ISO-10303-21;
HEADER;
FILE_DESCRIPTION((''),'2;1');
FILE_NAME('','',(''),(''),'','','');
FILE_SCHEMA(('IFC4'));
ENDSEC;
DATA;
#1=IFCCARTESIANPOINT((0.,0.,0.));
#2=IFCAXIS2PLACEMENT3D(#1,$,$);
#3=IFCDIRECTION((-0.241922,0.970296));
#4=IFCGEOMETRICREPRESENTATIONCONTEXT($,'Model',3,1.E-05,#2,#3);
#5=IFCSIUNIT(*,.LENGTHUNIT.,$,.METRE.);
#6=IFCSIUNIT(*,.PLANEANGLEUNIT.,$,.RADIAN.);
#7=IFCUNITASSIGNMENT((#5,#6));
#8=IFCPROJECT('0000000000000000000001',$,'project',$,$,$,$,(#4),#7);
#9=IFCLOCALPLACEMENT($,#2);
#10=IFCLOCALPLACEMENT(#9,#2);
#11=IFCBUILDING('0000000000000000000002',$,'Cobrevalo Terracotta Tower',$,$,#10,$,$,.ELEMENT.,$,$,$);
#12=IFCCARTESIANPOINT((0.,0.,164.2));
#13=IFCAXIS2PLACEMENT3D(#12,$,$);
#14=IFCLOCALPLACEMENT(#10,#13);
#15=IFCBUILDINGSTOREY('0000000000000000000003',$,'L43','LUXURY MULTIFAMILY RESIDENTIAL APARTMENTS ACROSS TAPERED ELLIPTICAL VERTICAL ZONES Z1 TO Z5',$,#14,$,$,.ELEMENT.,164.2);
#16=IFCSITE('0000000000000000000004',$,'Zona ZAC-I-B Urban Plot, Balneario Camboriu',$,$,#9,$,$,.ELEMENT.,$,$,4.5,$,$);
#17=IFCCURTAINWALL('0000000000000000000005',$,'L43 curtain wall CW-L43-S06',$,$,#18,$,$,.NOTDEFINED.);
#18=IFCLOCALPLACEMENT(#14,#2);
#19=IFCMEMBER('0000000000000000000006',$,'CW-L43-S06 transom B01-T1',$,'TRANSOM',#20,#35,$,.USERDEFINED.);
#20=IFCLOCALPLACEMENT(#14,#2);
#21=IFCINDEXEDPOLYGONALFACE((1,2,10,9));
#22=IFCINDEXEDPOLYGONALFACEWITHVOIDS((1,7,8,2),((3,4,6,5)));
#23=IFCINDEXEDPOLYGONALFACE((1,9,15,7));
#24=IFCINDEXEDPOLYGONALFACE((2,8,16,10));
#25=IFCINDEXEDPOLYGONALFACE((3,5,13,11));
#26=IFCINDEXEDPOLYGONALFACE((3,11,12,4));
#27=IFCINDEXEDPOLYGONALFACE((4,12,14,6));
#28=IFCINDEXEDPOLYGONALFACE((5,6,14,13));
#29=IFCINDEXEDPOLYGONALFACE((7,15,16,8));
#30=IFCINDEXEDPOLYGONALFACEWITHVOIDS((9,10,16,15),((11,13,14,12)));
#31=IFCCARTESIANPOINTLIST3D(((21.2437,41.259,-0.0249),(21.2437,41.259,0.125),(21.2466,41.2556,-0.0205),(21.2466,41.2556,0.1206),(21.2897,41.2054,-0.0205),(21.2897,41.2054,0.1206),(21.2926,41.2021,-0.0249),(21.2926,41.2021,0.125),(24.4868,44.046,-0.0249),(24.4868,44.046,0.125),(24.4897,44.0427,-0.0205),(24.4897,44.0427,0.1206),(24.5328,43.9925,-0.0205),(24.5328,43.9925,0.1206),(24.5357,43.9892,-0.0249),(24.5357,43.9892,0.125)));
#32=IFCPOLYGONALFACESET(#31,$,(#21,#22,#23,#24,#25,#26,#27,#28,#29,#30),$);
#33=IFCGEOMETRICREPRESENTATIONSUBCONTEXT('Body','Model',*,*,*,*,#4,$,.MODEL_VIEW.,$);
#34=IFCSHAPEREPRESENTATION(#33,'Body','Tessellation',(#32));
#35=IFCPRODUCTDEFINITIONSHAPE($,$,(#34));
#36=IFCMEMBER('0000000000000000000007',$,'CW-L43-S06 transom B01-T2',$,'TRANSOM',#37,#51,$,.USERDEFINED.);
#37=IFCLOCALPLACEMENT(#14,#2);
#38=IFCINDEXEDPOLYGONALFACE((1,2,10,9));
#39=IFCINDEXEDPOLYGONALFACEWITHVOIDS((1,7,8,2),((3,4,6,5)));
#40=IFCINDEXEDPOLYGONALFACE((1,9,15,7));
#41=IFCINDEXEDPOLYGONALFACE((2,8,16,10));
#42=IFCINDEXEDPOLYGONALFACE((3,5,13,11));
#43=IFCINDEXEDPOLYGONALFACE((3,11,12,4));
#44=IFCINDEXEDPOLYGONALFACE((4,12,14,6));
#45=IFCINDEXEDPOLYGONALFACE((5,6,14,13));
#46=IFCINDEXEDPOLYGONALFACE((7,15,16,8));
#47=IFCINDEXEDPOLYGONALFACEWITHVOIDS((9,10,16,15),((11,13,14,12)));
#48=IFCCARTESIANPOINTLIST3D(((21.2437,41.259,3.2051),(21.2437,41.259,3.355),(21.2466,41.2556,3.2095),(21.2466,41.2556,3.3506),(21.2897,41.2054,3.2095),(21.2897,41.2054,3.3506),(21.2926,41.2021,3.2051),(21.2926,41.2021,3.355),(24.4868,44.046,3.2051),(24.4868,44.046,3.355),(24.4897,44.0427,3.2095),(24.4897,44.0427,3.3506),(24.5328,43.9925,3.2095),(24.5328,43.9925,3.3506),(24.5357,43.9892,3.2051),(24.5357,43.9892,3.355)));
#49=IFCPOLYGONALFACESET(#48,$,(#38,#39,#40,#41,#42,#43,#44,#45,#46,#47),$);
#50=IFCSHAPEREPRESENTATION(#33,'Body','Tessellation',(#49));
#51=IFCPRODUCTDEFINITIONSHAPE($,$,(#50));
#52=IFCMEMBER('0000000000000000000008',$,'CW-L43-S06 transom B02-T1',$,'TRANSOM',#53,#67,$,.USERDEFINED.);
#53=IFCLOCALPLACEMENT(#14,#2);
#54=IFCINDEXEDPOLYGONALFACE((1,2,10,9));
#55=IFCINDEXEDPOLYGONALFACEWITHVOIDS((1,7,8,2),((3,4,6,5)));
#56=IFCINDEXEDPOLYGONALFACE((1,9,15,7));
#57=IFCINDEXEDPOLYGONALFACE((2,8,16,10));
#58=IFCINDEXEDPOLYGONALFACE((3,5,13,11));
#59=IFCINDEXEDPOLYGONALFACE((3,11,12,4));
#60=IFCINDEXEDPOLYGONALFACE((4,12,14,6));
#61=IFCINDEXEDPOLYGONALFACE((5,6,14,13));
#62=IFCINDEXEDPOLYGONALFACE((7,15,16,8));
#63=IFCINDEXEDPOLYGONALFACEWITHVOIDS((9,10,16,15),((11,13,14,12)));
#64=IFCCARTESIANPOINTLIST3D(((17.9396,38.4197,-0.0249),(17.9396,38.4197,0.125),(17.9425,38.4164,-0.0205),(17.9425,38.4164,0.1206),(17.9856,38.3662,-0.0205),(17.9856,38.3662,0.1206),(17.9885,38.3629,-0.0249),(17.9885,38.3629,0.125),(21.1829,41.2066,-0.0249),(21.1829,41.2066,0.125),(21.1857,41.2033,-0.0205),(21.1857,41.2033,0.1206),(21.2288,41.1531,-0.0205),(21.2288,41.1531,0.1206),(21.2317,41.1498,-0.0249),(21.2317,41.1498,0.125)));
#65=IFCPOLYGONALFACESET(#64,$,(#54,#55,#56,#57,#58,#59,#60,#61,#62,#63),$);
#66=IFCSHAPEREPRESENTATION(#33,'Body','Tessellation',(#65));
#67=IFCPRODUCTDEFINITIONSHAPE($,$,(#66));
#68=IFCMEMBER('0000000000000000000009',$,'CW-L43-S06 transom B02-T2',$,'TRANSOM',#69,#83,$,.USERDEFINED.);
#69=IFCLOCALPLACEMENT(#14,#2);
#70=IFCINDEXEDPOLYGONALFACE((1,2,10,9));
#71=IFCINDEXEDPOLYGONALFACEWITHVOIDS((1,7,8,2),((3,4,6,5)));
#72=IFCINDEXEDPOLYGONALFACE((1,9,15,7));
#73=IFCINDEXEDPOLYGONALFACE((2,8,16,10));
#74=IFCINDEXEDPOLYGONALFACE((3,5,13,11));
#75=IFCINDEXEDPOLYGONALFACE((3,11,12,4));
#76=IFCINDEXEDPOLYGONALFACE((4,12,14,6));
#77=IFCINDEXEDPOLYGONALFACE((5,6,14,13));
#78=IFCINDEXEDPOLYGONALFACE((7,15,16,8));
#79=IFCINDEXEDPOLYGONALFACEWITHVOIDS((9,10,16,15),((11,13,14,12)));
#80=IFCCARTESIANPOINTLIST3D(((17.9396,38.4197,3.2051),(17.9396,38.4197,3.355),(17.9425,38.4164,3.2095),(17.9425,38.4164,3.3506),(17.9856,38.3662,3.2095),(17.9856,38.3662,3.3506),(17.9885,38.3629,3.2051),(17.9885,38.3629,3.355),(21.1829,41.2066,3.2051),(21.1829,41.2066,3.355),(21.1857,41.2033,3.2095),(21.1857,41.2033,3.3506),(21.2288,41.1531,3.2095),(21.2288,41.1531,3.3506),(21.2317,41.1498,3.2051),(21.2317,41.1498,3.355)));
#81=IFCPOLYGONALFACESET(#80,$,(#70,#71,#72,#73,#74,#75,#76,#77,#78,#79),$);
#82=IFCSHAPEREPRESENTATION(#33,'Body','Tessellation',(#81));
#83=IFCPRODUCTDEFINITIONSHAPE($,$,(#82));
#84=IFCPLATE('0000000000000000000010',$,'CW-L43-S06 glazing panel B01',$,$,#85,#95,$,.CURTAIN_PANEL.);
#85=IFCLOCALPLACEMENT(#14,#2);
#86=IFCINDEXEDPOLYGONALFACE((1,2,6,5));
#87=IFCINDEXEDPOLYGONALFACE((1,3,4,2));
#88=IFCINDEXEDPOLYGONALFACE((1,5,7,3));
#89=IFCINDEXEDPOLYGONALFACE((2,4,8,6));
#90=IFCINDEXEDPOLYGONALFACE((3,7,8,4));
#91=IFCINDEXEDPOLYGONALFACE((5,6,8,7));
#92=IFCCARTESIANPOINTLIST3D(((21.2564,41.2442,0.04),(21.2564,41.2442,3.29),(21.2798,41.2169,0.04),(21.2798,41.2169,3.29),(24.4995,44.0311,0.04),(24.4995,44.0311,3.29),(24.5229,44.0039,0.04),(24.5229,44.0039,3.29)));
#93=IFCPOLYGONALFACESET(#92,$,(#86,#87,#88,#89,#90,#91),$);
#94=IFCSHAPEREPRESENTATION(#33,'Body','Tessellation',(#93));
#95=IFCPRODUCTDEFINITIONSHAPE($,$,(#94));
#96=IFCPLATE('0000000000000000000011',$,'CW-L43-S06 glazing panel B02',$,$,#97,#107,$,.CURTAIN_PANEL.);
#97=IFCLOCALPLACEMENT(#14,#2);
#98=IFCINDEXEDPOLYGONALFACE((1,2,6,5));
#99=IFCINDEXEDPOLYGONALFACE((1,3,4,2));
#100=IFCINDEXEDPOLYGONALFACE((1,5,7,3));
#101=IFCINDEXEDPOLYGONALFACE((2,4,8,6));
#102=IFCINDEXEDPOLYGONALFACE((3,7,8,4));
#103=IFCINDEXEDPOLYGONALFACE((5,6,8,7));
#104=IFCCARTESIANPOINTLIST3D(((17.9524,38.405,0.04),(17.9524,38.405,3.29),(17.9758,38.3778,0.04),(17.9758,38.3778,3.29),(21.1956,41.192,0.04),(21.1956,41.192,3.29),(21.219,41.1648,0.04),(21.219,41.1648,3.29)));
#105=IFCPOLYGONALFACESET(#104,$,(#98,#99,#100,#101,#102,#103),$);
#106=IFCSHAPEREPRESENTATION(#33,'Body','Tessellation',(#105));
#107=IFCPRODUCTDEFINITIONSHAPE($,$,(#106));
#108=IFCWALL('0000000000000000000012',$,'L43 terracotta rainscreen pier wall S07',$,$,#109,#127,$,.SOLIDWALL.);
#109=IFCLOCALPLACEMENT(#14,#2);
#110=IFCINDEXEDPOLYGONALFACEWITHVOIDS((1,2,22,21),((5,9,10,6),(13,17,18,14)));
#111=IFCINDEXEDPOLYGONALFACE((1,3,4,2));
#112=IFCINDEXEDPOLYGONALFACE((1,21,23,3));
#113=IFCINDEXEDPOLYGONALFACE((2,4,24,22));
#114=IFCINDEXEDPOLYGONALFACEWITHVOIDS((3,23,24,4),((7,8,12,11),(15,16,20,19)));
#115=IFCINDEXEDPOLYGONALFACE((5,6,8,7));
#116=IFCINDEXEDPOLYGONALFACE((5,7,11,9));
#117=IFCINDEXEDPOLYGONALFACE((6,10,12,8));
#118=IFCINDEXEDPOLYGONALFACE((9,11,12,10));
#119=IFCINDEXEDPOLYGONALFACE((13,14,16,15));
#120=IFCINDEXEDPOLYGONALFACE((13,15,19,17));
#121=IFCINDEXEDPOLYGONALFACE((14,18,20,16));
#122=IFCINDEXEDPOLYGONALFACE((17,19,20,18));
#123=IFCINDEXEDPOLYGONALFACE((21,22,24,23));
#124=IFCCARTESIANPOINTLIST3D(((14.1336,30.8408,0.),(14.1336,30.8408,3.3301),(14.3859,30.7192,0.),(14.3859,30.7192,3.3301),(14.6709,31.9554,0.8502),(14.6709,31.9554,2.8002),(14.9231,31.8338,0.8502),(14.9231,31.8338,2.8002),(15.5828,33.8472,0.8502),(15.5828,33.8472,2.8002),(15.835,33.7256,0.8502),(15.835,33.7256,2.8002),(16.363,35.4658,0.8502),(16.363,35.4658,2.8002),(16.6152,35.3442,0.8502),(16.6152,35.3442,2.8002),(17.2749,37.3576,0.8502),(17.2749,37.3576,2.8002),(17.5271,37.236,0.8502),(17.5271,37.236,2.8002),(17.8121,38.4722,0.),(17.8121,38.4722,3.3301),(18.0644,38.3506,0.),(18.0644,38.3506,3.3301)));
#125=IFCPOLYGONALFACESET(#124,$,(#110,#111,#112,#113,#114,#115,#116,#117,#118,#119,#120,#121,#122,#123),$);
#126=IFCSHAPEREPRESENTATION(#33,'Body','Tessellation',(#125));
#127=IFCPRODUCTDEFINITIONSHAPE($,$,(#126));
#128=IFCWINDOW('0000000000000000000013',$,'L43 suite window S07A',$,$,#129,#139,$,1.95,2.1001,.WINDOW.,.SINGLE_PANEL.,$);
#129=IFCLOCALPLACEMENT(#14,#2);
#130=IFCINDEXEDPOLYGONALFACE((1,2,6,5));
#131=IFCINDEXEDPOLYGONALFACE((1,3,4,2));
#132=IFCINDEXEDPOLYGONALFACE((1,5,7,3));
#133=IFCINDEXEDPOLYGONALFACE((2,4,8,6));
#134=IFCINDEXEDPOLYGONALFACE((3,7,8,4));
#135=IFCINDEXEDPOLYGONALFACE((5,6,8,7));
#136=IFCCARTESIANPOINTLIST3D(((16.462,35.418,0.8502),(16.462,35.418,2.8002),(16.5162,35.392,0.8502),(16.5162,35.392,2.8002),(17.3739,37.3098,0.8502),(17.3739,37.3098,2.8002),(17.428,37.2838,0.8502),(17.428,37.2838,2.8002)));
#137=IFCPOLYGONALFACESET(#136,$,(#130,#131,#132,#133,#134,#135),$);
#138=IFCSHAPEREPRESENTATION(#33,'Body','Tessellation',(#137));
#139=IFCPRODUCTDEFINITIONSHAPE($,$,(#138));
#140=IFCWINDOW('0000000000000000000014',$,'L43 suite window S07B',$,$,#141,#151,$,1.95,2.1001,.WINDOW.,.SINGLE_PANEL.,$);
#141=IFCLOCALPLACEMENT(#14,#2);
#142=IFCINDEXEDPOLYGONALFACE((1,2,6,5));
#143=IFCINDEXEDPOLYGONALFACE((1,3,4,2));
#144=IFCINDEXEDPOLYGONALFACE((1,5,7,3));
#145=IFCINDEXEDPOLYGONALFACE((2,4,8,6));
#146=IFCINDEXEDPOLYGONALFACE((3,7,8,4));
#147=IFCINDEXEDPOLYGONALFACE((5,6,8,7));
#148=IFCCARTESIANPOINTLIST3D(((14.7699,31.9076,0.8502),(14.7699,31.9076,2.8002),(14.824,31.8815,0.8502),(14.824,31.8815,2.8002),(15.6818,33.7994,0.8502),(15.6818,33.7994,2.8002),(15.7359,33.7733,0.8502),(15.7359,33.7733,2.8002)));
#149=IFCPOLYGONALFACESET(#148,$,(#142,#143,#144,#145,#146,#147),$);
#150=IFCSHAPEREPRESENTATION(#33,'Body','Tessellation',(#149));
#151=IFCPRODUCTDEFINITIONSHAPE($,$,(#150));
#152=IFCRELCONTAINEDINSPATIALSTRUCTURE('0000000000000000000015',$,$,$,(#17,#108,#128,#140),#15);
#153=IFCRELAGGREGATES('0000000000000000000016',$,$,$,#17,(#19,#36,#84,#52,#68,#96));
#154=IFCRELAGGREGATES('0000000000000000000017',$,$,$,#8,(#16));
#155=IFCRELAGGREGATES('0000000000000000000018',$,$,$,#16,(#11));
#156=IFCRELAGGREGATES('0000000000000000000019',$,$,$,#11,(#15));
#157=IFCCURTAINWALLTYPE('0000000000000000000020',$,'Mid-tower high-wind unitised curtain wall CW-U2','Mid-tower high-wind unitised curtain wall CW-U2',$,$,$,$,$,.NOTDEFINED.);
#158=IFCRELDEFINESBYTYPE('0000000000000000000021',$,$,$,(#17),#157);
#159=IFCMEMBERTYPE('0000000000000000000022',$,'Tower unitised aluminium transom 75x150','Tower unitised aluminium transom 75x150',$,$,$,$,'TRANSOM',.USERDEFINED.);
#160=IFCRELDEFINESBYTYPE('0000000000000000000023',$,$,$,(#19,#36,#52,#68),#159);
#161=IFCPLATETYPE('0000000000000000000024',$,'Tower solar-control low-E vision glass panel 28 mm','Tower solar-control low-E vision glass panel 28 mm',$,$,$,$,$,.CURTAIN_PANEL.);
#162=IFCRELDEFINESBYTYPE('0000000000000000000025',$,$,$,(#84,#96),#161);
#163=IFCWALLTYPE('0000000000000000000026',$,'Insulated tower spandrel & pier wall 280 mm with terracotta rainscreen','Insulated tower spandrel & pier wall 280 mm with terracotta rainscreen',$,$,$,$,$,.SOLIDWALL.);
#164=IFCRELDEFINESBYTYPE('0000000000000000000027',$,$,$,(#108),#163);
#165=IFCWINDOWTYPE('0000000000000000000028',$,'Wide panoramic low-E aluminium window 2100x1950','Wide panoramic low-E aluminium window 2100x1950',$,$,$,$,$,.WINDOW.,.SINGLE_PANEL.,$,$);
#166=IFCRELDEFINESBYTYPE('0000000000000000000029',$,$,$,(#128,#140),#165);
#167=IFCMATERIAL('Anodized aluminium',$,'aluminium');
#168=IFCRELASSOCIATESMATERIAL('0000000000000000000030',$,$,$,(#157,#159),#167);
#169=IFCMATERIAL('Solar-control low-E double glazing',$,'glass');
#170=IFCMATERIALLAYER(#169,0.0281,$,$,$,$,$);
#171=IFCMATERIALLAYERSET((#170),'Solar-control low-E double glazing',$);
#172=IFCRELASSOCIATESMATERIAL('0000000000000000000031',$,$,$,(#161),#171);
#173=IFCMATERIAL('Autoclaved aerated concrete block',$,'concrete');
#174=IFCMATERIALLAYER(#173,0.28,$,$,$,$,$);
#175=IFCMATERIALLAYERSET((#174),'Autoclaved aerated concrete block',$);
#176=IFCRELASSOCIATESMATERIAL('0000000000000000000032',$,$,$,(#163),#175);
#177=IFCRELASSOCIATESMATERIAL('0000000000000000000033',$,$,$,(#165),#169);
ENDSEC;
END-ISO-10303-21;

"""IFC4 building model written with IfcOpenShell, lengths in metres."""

from ifc_helpers import new_model, si_unit, direction, frame, frame_2d, origin, origin_2d, place, context, subcontext, project, spatial, rectangle, hollow_rectangle, extrude, source, transform, mapped, material, layer, layer_set, material_profile, profile_set, type_object, element, fill, aggregate, save


model = new_model("IFC4")

# Units and contexts
model_context = context("Model", 3, precision=1e-05, world=origin(), true_north=direction((-0.241922, 0.970296)))
body_context = subcontext(model_context, "Body", "Model", "MODEL_VIEW")
ifc_project = project(units=[si_unit("LENGTHUNIT", "METRE"), si_unit("PLANEANGLEUNIT", "RADIAN")], contexts=[model_context])

# Site, building, storey
site_placement = place(None, origin())
site = spatial("IfcSite", under=ifc_project, at=site_placement, Name="Zona ZAC-I-B Urban Plot, Balneario Camboriu", CompositionType="ELEMENT", RefElevation=4.5)
building_placement = place(site_placement, origin())
building = spatial("IfcBuilding", under=site, at=building_placement, Name="Cobrevalo Terracotta Tower", CompositionType="ELEMENT")
storey_placement = place(building_placement, frame((0.0, 0.0, 164.2)))
storey = spatial("IfcBuildingStorey", under=building, at=storey_placement, Name="L43", Description="LUXURY MULTIFAMILY RESIDENTIAL APARTMENTS ACROSS TAPERED ELLIPTICAL VERTICAL ZONES Z1 TO Z5", CompositionType="ELEMENT", Elevation=164.2)

# Shared definitions
ifc_material_1 = material(Name="Anodized aluminium", Category="aluminium")
curtain_wall_type = type_object("IfcCurtainWallType", Name="Mid-tower high-wind unitised curtain wall CW-U2", Description="Mid-tower high-wind unitised curtain wall CW-U2", PredefinedType="NOTDEFINED", material=ifc_material_1)

# Curtain wall, members, plates
curtain_wall_1_placement = place(storey_placement, origin())
curtain_wall_1 = element("IfcCurtainWall", 1, at=curtain_wall_1_placement, inside=storey, type_object=curtain_wall_type, Name="L43 curtain wall CW-L43-S06", PredefinedType="NOTDEFINED")
ifc_material_profile_1 = material_profile(ifc_material_1, hollow_rectangle(XDim=0.075, YDim=0.1499, WallThickness=0.0044, at=origin_2d()), Name="CWT 75x150")
ifc_profile_set_1 = profile_set([ifc_material_profile_1], Name="Anodized aluminium")
member_type_1 = type_object("IfcMemberType", Name="Tower unitised aluminium transom 75x150", Description="Tower unitised aluminium transom 75x150", ElementType="TRANSOM", PredefinedType="USERDEFINED", material=ifc_profile_set_1)
shared_shape_1 = source(origin(), body_context, "Body", "SweptSolid", [
    extrude(hollow_rectangle(XDim=0.075, YDim=0.1499, WallThickness=0.0044, at=origin_2d()), origin(), (0.0, 0.0, 1.0), 4.2761),
])
member_1_placement = place(storey_placement, frame((24.5112, 44.0176, 0.05), z_axis=(-0.758418, -0.651769, 0.0), x_axis=(0.651769, -0.758418, 0.0)))
member_1 = element("IfcMember", 2, at=member_1_placement, type_object=member_type_1, Name="CW-L43-S06 transom B01-T1", ObjectType="TRANSOM", PredefinedType="USERDEFINED", context=body_context, shape_type="MappedRepresentation", body=[
    mapped(shared_shape_1, transform((0.0, 0.0, 0.0), scale=1.0)),
])
member_2_placement = place(storey_placement, frame((24.5112, 44.0176, 3.28), z_axis=(-0.758418, -0.651769, 0.0), x_axis=(0.651769, -0.758418, 0.0)))
member_2 = element("IfcMember", 3, at=member_2_placement, type_object=member_type_1, Name="CW-L43-S06 transom B01-T2", ObjectType="TRANSOM", PredefinedType="USERDEFINED", context=body_context, shape_type="MappedRepresentation", body=[
    mapped(shared_shape_1, transform((0.0, 0.0, 0.0), scale=1.0)),
])
member_3_placement = place(storey_placement, frame((21.2073, 41.1782, 0.05), z_axis=(-0.758446, -0.651736, 0.0), x_axis=(0.651736, -0.758446, 0.0)))
member_3 = element("IfcMember", 4, at=member_3_placement, type_object=member_type_1, Name="CW-L43-S06 transom B02-T1", ObjectType="TRANSOM", PredefinedType="USERDEFINED", context=body_context, shape_type="MappedRepresentation", body=[
    mapped(shared_shape_1, transform((0.0, 0.0, 0.0), scale=1.0)),
])
member_4_placement = place(storey_placement, frame((21.2073, 41.1782, 3.28), z_axis=(-0.758446, -0.651736, 0.0), x_axis=(0.651736, -0.758446, 0.0)))
member_4 = element("IfcMember", 5, at=member_4_placement, type_object=member_type_1, Name="CW-L43-S06 transom B02-T2", ObjectType="TRANSOM", PredefinedType="USERDEFINED", context=body_context, shape_type="MappedRepresentation", body=[
    mapped(shared_shape_1, transform((0.0, 0.0, 0.0), scale=1.0)),
])
ifc_material_2 = material(Name="Solar-control low-E double glazing", Category="glass")
ifc_layer_1 = layer(ifc_material_2, 0.0281)
ifc_layer_set_1 = layer_set([ifc_layer_1], Name="Solar-control low-E double glazing")
plate_type = type_object("IfcPlateType", Name="Tower solar-control low-E vision glass panel 28 mm", Description="Tower solar-control low-E vision glass panel 28 mm", PredefinedType="CURTAIN_PANEL", material=ifc_layer_set_1)
shared_shape_2 = source(origin(), body_context, "Body", "SweptSolid", [
    extrude(rectangle(XDim=4.2761, YDim=0.0359, at=origin_2d()), origin(), (0.0, 0.0, 1.0), 3.25),
])
plate_1_placement = place(storey_placement, frame((22.8896, 42.624, 0.04), z_axis=(0.0, 0.0, 1.0), x_axis=(-0.758437, -0.651746, 0.0)))
plate_1 = element("IfcPlate", 6, at=plate_1_placement, type_object=plate_type, Name="CW-L43-S06 glazing panel B01", PredefinedType="CURTAIN_PANEL", context=body_context, shape_type="MappedRepresentation", body=[
    mapped(shared_shape_2, transform((0.0, 0.0, 0.0), scale=1.0)),
])
plate_2_placement = place(storey_placement, frame((19.5857, 39.7849, 0.04), z_axis=(0.0, 0.0, 1.0), x_axis=(-0.758437, -0.651746, 0.0)))
plate_2 = element("IfcPlate", 7, at=plate_2_placement, type_object=plate_type, Name="CW-L43-S06 glazing panel B02", PredefinedType="CURTAIN_PANEL", context=body_context, shape_type="MappedRepresentation", body=[
    mapped(shared_shape_2, transform((0.0, 0.0, 0.0), scale=1.0)),
])
aggregate(curtain_wall_1, [member_1, member_2, plate_1, member_3, member_4, plate_2])

# Wall, openings, windows
ifc_material_3 = material(Name="Autoclaved aerated concrete block", Category="concrete")
ifc_layer_2 = layer(ifc_material_3, 0.28)
ifc_layer_set_2 = layer_set([ifc_layer_2], Name="Autoclaved aerated concrete block")
wall_type_1 = type_object("IfcWallType", Name="Insulated tower spandrel & pier wall 280 mm with terracotta rainscreen", Description="Insulated tower spandrel & pier wall 280 mm with terracotta rainscreen", PredefinedType="SOLIDWALL", material=ifc_layer_set_2)
wall_1_placement = place(storey_placement, frame((17.9382, 38.4114, 0.0), z_axis=(0.0, 0.0, 1.0), x_axis=(-0.43421, -0.900812, 0.0)))
wall_1 = element("IfcWall", 8, at=wall_1_placement, inside=storey, type_object=wall_type_1, Name="L43 terracotta rainscreen pier wall S07", PredefinedType="SOLIDWALL", context=body_context, shape_type="SweptSolid", body=[
    extrude(rectangle(XDim=8.4717, YDim=0.28, at=frame_2d((4.2358, 0.0))), origin(), (0.0, 0.0, 1.0), 3.3301),
])
opening_1_placement = place(wall_1_placement, frame((1.2373, 0.0, 0.8501)))
opening_1 = element("IfcOpeningElement", 9, at=opening_1_placement, cuts=wall_1, PredefinedType="OPENING", context=body_context, shape_type="SweptSolid", body=[
    extrude(rectangle(XDim=2.1001, YDim=1.95, at=frame_2d((1.05, 0.9751))), frame((0.0, 0.1499, 0.0), z_axis=(0.0, -1.0, 0.0), x_axis=(1.0, 0.0, 0.0)), (0.0, 0.0, 1.0), 0.3),
])
opening_2_placement = place(wall_1_placement, frame((5.1343, 0.0, 0.8501)))
opening_2 = element("IfcOpeningElement", 10, at=opening_2_placement, cuts=wall_1, PredefinedType="OPENING", context=body_context, shape_type="SweptSolid", body=[
    extrude(rectangle(XDim=2.1001, YDim=1.95, at=frame_2d((1.05, 0.9751))), frame((0.0, 0.1499, 0.0), z_axis=(0.0, -1.0, 0.0), x_axis=(1.0, 0.0, 0.0)), (0.0, 0.0, 1.0), 0.3),
])
window_type = type_object("IfcWindowType", Name="Wide panoramic low-E aluminium window 2100x1950", Description="Wide panoramic low-E aluminium window 2100x1950", PartitioningType="SINGLE_PANEL", PredefinedType="WINDOW", material=ifc_material_2)
shared_shape_3 = source(origin(), body_context, "Body", "SweptSolid", [
    extrude(rectangle(XDim=2.1001, YDim=1.95, at=frame_2d((1.05, 0.9751))), frame((0.0, 0.03, 0.0), z_axis=(0.0, -1.0, 0.0), x_axis=(1.0, 0.0, 0.0)), (0.0, 0.0, 1.0), 0.0601),
])
window_1_placement = place(opening_1_placement, origin())
window_1 = element("IfcWindow", 11, at=window_1_placement, inside=storey, type_object=window_type, Name="L43 suite window S07A", OverallHeight=1.95, OverallWidth=2.1001, PartitioningType="SINGLE_PANEL", PredefinedType="WINDOW", context=body_context, shape_type="MappedRepresentation", body=[
    mapped(shared_shape_3, transform((0.0, 0.0, 0.0), scale=1.0)),
])
fill(opening_1, window_1)
window_2_placement = place(opening_2_placement, origin())
window_2 = element("IfcWindow", 12, at=window_2_placement, inside=storey, type_object=window_type, Name="L43 suite window S07B", OverallHeight=1.95, OverallWidth=2.1001, PartitioningType="SINGLE_PANEL", PredefinedType="WINDOW", context=body_context, shape_type="MappedRepresentation", body=[
    mapped(shared_shape_3, transform((0.0, 0.0, 0.0), scale=1.0)),
])
fill(opening_2, window_2)

save(model, "model.ifc")
